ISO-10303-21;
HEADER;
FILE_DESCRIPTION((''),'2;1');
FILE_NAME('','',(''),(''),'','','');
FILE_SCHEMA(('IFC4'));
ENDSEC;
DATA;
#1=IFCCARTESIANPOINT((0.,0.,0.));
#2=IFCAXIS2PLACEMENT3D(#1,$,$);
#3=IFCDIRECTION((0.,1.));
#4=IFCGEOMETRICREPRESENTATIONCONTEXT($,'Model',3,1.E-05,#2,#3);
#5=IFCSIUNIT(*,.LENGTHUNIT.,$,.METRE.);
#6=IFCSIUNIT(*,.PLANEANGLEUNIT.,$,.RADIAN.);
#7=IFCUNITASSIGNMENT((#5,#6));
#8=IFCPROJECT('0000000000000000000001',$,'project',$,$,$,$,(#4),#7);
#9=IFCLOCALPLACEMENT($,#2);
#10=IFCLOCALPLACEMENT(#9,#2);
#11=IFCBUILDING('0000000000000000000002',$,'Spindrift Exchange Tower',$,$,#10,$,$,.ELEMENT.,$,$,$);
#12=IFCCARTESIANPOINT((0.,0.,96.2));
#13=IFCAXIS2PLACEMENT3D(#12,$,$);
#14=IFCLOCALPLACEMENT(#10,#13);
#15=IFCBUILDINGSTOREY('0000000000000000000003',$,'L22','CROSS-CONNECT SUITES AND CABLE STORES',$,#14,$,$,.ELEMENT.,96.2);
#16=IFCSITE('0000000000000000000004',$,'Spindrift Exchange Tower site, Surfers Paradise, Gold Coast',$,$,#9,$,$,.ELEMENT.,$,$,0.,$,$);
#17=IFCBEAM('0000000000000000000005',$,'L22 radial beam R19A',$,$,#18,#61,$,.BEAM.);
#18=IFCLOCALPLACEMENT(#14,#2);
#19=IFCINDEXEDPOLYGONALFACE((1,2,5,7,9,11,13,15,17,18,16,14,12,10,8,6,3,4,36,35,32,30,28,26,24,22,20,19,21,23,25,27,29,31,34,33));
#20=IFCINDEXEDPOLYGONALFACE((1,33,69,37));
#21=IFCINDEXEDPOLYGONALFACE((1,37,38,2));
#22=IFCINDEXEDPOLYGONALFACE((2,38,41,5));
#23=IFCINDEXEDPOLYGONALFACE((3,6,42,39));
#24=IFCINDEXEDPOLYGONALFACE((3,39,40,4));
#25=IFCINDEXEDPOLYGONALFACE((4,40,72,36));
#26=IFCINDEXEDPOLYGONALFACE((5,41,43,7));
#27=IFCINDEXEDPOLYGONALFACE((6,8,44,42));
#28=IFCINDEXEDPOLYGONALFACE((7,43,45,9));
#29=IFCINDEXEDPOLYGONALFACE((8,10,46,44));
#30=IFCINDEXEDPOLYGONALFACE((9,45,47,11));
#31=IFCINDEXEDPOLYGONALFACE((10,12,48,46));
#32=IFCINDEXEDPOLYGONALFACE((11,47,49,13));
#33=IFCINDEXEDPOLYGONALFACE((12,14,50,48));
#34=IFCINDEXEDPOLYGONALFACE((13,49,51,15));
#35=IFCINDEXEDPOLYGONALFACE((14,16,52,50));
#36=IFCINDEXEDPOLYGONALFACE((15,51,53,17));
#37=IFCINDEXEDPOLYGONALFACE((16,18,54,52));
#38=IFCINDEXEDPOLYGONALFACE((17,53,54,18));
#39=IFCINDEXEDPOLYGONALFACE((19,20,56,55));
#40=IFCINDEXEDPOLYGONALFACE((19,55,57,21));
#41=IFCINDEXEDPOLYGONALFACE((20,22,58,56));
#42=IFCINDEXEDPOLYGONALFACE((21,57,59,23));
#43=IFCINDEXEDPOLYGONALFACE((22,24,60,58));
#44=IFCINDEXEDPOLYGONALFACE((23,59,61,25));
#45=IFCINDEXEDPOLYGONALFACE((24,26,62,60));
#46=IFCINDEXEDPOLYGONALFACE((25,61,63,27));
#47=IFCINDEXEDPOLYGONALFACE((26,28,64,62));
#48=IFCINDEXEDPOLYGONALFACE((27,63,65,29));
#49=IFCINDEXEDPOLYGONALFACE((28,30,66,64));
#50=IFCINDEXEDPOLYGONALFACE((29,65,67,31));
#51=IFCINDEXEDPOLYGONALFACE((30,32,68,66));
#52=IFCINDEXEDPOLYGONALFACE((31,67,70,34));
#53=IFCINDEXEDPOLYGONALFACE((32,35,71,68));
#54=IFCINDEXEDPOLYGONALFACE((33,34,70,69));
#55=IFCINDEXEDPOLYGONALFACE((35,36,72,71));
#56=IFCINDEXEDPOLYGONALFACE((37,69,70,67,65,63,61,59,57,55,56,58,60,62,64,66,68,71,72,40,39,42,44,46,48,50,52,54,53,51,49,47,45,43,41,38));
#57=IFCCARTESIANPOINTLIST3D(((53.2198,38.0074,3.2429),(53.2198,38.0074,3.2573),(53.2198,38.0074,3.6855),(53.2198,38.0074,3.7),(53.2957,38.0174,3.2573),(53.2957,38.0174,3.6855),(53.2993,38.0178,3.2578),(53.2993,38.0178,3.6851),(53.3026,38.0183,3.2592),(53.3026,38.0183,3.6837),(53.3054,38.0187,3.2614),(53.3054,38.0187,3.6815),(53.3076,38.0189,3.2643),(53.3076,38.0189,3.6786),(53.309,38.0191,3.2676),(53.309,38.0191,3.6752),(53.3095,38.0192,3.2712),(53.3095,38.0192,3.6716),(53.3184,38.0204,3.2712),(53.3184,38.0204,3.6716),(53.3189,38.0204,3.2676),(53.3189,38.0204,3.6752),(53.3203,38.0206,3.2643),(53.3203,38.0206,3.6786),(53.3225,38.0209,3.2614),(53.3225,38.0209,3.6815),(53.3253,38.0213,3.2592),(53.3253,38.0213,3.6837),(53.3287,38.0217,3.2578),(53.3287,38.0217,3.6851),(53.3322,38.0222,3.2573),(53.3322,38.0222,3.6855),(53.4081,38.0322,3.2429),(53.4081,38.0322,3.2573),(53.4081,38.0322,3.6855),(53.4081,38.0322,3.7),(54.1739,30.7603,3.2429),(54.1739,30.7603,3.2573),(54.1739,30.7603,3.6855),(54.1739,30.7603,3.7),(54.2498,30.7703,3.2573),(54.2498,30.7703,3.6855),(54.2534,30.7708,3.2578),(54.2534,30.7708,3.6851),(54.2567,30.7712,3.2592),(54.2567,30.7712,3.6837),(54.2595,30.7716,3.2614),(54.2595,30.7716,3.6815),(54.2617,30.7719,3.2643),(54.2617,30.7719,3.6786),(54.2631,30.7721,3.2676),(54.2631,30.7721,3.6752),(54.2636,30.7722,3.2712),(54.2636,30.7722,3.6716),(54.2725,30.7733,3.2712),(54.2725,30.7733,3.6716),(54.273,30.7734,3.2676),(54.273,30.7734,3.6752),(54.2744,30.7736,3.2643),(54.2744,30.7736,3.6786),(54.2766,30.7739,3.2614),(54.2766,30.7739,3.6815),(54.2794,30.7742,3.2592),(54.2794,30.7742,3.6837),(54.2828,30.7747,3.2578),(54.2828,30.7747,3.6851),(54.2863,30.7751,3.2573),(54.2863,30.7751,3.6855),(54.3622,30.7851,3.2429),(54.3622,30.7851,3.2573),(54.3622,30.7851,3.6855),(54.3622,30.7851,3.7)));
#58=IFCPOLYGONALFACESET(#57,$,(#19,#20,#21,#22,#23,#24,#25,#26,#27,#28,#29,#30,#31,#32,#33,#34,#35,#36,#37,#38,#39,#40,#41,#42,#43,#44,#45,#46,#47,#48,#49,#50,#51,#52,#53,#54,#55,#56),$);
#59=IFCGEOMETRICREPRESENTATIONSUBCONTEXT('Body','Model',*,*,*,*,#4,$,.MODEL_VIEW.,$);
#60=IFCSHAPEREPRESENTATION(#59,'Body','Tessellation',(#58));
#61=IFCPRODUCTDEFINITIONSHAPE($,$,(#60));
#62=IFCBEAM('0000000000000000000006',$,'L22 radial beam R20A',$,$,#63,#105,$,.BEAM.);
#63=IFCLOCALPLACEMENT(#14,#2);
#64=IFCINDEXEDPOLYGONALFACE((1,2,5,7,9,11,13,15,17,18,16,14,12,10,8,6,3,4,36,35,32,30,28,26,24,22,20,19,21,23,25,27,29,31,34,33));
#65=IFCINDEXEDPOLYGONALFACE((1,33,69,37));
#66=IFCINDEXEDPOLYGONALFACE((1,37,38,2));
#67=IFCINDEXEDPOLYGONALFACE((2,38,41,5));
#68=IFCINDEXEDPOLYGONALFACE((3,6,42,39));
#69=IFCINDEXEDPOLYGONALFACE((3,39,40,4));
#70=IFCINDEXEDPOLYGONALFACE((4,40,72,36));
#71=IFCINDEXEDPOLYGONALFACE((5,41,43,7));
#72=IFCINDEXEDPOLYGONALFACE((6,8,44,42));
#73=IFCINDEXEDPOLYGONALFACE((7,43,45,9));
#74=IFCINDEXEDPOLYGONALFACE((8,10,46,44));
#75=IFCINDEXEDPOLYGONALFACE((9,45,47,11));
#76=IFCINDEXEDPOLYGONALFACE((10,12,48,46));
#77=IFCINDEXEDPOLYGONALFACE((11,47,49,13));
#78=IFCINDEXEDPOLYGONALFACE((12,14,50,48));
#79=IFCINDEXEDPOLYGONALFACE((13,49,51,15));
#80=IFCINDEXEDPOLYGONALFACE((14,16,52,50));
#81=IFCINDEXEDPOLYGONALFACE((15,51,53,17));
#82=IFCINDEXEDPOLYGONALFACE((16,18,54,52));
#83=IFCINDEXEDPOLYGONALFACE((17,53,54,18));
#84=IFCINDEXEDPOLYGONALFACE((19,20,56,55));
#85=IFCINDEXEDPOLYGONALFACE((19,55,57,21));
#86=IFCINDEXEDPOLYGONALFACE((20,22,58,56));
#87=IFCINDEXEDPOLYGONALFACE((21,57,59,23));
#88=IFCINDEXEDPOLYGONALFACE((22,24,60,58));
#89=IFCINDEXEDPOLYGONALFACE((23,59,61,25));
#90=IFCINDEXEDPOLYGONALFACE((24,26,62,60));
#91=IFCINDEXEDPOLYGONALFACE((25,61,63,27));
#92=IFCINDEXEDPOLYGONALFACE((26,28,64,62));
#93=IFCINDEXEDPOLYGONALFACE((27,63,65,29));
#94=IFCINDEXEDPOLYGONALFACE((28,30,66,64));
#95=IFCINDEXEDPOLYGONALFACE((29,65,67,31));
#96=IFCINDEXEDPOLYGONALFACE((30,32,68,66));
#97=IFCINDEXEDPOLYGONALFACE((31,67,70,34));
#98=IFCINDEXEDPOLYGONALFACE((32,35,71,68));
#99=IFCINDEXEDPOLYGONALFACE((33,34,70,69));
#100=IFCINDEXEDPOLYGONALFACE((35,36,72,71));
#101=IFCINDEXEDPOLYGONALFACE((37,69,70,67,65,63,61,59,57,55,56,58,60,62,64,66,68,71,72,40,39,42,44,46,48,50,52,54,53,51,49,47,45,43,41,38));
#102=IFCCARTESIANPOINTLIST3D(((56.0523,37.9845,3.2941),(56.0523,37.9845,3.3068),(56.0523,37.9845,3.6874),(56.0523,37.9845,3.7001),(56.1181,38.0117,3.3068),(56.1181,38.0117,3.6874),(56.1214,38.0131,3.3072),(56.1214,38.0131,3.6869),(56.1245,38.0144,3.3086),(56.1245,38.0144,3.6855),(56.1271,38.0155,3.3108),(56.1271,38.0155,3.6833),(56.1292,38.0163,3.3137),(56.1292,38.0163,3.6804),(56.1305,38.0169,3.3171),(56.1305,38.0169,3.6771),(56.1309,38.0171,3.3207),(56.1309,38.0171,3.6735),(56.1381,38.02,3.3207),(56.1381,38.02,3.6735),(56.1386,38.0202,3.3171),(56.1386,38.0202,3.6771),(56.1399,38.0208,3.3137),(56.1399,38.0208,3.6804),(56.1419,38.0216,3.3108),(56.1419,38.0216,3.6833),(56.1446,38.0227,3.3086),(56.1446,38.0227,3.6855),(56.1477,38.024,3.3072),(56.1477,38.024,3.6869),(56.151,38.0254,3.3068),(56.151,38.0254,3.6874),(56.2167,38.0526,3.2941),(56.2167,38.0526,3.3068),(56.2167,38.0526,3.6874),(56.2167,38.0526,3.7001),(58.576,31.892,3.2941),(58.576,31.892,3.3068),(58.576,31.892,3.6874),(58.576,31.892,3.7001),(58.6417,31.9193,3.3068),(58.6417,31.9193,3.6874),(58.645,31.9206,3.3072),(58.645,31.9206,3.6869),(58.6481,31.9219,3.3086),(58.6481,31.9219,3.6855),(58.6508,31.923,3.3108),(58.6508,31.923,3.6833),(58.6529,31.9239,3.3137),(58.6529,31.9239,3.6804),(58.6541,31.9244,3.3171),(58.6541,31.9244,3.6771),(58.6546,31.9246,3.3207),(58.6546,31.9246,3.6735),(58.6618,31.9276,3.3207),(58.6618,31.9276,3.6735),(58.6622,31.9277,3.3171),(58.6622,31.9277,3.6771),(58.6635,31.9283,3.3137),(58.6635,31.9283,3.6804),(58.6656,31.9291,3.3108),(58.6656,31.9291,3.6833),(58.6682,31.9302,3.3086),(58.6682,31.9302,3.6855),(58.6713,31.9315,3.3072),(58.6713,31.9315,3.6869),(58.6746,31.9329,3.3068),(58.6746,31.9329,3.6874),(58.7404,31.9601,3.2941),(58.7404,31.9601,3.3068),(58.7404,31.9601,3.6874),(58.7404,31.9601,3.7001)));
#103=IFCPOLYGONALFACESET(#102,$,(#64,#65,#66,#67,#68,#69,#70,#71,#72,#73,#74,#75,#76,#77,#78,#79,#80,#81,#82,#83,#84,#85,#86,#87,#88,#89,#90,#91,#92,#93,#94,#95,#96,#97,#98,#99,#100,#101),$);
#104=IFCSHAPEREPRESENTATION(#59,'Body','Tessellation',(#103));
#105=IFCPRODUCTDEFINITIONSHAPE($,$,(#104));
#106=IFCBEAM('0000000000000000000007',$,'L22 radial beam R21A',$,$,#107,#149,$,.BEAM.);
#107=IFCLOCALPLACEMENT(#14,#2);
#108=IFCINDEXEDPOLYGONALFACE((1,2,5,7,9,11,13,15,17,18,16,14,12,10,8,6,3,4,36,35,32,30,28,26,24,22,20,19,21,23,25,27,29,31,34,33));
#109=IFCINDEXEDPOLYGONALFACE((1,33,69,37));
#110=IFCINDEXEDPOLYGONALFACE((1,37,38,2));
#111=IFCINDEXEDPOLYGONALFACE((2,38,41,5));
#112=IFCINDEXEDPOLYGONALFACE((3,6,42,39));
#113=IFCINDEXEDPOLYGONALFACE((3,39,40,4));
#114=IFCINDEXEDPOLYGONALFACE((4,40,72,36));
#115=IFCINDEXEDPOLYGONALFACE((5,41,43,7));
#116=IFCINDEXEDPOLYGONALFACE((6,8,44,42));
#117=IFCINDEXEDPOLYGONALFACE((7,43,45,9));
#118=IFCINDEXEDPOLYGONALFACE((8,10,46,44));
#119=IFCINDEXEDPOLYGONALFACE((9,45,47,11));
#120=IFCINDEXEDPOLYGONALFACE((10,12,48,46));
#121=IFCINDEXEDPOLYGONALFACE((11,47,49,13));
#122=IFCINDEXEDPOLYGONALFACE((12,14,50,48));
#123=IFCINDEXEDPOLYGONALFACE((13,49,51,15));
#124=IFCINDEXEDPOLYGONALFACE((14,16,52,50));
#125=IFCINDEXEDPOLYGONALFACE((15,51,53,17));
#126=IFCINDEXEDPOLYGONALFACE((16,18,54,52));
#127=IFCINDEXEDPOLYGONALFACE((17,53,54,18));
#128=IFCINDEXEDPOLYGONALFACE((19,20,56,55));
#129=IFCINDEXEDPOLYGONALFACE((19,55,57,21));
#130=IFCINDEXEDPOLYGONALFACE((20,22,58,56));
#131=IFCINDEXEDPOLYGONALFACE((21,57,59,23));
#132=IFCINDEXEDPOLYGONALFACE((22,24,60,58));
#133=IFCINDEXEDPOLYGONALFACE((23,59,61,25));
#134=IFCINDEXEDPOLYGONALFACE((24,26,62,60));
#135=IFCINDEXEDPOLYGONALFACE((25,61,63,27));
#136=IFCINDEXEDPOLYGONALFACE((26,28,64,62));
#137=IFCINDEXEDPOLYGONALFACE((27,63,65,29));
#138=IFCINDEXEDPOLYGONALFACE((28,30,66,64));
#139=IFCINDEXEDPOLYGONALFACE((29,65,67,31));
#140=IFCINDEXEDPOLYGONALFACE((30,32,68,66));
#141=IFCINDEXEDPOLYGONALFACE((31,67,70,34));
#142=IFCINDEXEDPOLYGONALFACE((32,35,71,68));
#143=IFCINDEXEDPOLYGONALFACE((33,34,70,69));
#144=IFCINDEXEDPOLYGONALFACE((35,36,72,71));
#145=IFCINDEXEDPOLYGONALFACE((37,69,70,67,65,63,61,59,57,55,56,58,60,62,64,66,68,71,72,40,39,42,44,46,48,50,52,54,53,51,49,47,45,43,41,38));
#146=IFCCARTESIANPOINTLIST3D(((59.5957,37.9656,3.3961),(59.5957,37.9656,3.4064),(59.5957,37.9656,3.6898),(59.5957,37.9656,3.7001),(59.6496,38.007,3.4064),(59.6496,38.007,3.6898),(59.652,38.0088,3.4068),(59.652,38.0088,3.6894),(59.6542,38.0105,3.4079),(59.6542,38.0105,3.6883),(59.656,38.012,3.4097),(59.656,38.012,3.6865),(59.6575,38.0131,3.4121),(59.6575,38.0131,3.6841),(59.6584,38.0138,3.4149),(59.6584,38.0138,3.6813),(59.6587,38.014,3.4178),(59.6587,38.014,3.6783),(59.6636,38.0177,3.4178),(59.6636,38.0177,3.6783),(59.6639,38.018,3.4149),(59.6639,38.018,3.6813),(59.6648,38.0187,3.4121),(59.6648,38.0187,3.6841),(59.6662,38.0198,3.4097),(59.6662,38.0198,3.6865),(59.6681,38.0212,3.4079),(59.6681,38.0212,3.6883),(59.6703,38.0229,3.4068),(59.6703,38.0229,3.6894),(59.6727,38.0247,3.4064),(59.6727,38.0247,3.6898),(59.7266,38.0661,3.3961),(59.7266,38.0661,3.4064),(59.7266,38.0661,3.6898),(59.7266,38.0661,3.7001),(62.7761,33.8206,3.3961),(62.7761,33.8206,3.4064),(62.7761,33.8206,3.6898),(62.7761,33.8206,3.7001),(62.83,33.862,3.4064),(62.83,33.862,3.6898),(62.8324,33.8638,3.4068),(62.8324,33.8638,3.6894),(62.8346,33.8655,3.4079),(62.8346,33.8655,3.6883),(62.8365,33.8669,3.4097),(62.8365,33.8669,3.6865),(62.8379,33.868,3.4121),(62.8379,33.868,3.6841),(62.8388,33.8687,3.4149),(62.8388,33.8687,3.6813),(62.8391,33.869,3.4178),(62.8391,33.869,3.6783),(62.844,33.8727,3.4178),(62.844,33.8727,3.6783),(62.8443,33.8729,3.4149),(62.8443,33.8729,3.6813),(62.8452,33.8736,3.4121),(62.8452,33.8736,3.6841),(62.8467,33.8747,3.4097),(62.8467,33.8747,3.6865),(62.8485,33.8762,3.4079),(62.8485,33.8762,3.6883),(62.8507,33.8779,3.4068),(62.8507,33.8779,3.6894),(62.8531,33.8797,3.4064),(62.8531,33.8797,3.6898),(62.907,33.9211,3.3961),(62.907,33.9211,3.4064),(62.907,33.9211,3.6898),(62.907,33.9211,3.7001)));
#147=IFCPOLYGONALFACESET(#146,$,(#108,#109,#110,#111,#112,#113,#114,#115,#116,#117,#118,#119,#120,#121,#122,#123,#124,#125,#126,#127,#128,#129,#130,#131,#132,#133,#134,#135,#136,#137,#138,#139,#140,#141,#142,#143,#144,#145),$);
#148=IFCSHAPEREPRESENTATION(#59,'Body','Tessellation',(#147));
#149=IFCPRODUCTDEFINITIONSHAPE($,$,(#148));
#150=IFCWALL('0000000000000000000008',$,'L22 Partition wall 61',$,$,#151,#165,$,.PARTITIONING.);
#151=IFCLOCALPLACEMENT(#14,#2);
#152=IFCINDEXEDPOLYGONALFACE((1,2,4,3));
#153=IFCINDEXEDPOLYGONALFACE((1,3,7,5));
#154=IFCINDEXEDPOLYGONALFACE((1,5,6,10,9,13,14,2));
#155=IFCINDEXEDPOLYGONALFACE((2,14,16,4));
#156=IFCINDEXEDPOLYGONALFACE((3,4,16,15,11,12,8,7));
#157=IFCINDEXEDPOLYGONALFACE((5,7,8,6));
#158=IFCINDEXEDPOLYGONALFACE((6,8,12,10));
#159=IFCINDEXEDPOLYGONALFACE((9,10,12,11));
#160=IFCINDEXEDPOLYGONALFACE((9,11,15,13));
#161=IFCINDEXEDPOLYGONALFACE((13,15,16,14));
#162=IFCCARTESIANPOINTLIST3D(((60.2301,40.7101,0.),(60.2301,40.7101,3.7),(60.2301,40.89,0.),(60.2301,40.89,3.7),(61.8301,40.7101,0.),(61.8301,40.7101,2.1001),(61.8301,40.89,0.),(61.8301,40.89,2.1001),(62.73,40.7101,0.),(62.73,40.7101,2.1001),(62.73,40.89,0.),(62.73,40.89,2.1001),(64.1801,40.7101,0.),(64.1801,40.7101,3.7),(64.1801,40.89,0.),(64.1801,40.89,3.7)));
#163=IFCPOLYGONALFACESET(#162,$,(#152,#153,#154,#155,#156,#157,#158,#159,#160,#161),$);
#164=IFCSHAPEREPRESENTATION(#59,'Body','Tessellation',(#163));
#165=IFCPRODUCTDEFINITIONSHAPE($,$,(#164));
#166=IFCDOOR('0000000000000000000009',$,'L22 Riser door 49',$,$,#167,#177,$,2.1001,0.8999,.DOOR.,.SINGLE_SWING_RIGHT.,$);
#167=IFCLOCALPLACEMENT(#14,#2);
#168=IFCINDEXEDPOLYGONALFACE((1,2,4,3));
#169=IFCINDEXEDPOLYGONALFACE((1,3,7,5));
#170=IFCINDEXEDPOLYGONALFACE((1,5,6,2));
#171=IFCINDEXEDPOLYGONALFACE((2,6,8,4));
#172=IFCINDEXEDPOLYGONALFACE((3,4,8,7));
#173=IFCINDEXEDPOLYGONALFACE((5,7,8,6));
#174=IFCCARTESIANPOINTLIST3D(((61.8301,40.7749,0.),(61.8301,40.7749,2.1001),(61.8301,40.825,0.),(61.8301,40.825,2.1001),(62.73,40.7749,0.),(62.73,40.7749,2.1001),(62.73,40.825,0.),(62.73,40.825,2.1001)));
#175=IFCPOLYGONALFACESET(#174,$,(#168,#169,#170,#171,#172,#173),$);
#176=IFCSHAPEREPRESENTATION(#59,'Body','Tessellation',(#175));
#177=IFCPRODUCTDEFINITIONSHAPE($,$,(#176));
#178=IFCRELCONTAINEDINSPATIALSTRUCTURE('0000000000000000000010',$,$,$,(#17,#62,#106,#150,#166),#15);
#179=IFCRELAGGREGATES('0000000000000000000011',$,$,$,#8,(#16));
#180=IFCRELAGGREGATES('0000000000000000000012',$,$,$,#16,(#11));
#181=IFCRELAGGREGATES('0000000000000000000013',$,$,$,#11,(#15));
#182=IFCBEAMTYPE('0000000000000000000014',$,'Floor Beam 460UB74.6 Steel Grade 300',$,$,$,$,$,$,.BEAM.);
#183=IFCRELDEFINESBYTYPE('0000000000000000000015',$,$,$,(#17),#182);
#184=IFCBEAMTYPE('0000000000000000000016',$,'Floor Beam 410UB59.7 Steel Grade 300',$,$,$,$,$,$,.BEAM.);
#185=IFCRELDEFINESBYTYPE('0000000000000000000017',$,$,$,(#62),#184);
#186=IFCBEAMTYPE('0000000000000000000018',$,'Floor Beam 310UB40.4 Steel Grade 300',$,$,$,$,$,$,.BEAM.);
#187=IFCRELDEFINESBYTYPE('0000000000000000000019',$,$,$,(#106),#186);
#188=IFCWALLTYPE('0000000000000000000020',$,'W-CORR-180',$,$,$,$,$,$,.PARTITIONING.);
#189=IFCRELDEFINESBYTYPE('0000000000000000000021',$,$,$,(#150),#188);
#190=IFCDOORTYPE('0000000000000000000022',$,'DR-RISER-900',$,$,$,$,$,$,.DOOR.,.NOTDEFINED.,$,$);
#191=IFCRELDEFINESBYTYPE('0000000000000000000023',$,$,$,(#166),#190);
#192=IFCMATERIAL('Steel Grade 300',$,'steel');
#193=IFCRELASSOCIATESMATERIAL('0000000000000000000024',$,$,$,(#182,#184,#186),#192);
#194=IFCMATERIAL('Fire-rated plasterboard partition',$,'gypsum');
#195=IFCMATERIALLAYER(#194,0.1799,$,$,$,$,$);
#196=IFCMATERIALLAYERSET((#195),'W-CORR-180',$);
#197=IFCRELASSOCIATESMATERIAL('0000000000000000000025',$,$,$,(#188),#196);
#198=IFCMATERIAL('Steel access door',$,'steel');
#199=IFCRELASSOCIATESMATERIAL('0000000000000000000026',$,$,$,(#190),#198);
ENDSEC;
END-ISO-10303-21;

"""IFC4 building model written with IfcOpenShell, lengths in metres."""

from ifc_helpers import new_model, si_unit, direction, frame, frame_2d, origin, origin_2d, place, context, subcontext, project, spatial, rectangle, i_section, extrude, source, transform, mapped, material, layer, layer_set, material_profile, profile_set, type_object, element, fill, save


model = new_model("IFC4")

# Units and contexts
model_context = context("Model", 3, precision=1e-05, world=origin(), true_north=direction((0.0, 1.0)))
body_context = subcontext(model_context, "Body", "Model", "MODEL_VIEW")
ifc_project = project(units=[si_unit("LENGTHUNIT", "METRE"), si_unit("PLANEANGLEUNIT", "RADIAN")], contexts=[model_context])

# Site, building, storey
site_placement = place(None, origin())
site = spatial("IfcSite", under=ifc_project, at=site_placement, Name="Spindrift Exchange Tower site, Surfers Paradise, Gold Coast", CompositionType="ELEMENT", RefElevation=0.0)
building_placement = place(site_placement, origin())
building = spatial("IfcBuilding", under=site, at=building_placement, Name="Spindrift Exchange Tower", CompositionType="ELEMENT")
storey_placement = place(building_placement, frame((0.0, 0.0, 96.2)))
storey = spatial("IfcBuildingStorey", under=building, at=storey_placement, Name="L22", Description="CROSS-CONNECT SUITES AND CABLE STORES", CompositionType="ELEMENT", Elevation=96.2)

# Beams
ifc_material_1 = material(Name="Steel Grade 300", Category="steel")
ifc_material_profile_1 = material_profile(ifc_material_1, i_section(OverallWidth=0.1899, OverallDepth=0.457, WebThickness=0.009, FlangeThickness=0.0144, FilletRadius=0.0139, at=origin_2d()), Name="460UB74.6")
ifc_profile_set_1 = profile_set([ifc_material_profile_1], Name="Steel Grade 300")
beam_type_1 = type_object("IfcBeamType", Name="Floor Beam 460UB74.6 Steel Grade 300", PredefinedType="BEAM", material=ifc_profile_set_1)
shared_shape_1 = source(origin(), body_context, "Body", "SweptSolid", [
    extrude(i_section(OverallWidth=0.1899, OverallDepth=0.457, WebThickness=0.009, FlangeThickness=0.0144, FilletRadius=0.0139, at=origin_2d()), origin(), (0.0, 0.0, 1.0), 7.3096),
])
beam_1_placement = place(storey_placement, frame((53.314, 38.0198, 3.4714), z_axis=(0.130527, -0.991445, 0.0), x_axis=(0.991445, 0.130527, 0.0)))
element("IfcBeam", 1, at=beam_1_placement, inside=storey, type_object=beam_type_1, Name="L22 radial beam R19A", PredefinedType="BEAM", context=body_context, shape_type="MappedRepresentation", body=[
    mapped(shared_shape_1, transform((0.0, 0.0, 0.0), scale=1.0)),
])
ifc_material_profile_2 = material_profile(ifc_material_1, i_section(OverallWidth=0.178, OverallDepth=0.406, WebThickness=0.0078, FlangeThickness=0.0127, FilletRadius=0.0139, at=origin_2d()), Name="410UB59.7")
ifc_profile_set_2 = profile_set([ifc_material_profile_2], Name="Steel Grade 300")
beam_type_2 = type_object("IfcBeamType", Name="Floor Beam 410UB59.7 Steel Grade 300", PredefinedType="BEAM", material=ifc_profile_set_2)
shared_shape_2 = source(origin(), body_context, "Body", "SweptSolid", [
    extrude(i_section(OverallWidth=0.178, OverallDepth=0.406, WebThickness=0.0078, FlangeThickness=0.0127, FilletRadius=0.0139, at=origin_2d()), origin(), (0.0, 0.0, 1.0), 6.5945),
])
beam_2_placement = place(storey_placement, frame((56.1345, 38.0186, 3.4971), z_axis=(0.382693, -0.923876, 0.0), x_axis=(0.923876, 0.382693, 0.0)))
element("IfcBeam", 2, at=beam_2_placement, inside=storey, type_object=beam_type_2, Name="L22 radial beam R20A", PredefinedType="BEAM", context=body_context, shape_type="MappedRepresentation", body=[
    mapped(shared_shape_2, transform((0.0, 0.0, 0.0), scale=1.0)),
])
ifc_material_profile_3 = material_profile(ifc_material_1, i_section(OverallWidth=0.165, OverallDepth=0.304, WebThickness=0.0061, FlangeThickness=0.0103, FilletRadius=0.0115, at=origin_2d()), Name="310UB40.4")
ifc_profile_set_3 = profile_set([ifc_material_profile_3], Name="Steel Grade 300")
beam_type_3 = type_object("IfcBeamType", Name="Floor Beam 310UB40.4 Steel Grade 300", PredefinedType="BEAM", material=ifc_profile_set_3)
shared_shape_3 = source(origin(), body_context, "Body", "SweptSolid", [
    extrude(i_section(OverallWidth=0.165, OverallDepth=0.304, WebThickness=0.0061, FlangeThickness=0.0103, FilletRadius=0.0115, at=origin_2d()), origin(), (0.0, 0.0, 1.0), 5.2246),
])
beam_3_placement = place(storey_placement, frame((59.6611, 38.0159, 3.5481), z_axis=(0.608741, -0.793369, 0.0), x_axis=(0.793369, 0.608741, 0.0)))
element("IfcBeam", 3, at=beam_3_placement, inside=storey, type_object=beam_type_3, Name="L22 radial beam R21A", PredefinedType="BEAM", context=body_context, shape_type="MappedRepresentation", body=[
    mapped(shared_shape_3, transform((0.0, 0.0, 0.0), scale=1.0)),
])

# Wall, opening, door
ifc_material_2 = material(Name="Fire-rated plasterboard partition", Category="gypsum")
ifc_layer_1 = layer(ifc_material_2, 0.1799)
ifc_layer_set_1 = layer_set([ifc_layer_1], Name="W-CORR-180")
wall_type_1 = type_object("IfcWallType", Name="W-CORR-180", PredefinedType="PARTITIONING", material=ifc_layer_set_1)
wall_1_placement = place(storey_placement, frame((60.23, 40.8, 0.0), z_axis=(0.0, 0.0, 1.0), x_axis=(1.0, 0.0, 0.0)))
wall_1 = element("IfcWall", 4, at=wall_1_placement, inside=storey, type_object=wall_type_1, Name="L22 Partition wall 61", PredefinedType="PARTITIONING", context=body_context, shape_type="SweptSolid", body=[
    extrude(rectangle(XDim=3.95, YDim=0.1799, at=frame_2d((1.9751, 0.0))), origin(), (0.0, 0.0, 1.0), 3.7),
])
opening_1_placement = place(wall_1_placement, frame((1.6001, 0.0, 0.0)))
opening_1 = element("IfcOpeningElement", 5, at=opening_1_placement, cuts=wall_1, PredefinedType="OPENING", context=body_context, shape_type="SweptSolid", body=[
    extrude(rectangle(XDim=0.8999, YDim=2.1001, at=frame_2d((0.45, 1.05))), frame((0.0, 0.0999, 0.0), z_axis=(0.0, -1.0, 0.0), x_axis=(1.0, 0.0, 0.0)), (0.0, 0.0, 1.0), 0.2),
])
ifc_material_3 = material(Name="Steel access door", Category="steel")
door_type_1 = type_object("IfcDoorType", Name="DR-RISER-900", OperationType="NOTDEFINED", PredefinedType="DOOR", material=ifc_material_3)
shared_shape_4 = source(origin(), body_context, "Body", "SweptSolid", [
    extrude(rectangle(XDim=0.8999, YDim=2.1001, at=frame_2d((0.45, 1.05))), frame((0.0, 0.0249, 0.0), z_axis=(0.0, -1.0, 0.0), x_axis=(1.0, 0.0, 0.0)), (0.0, 0.0, 1.0), 0.05),
])
door_1_placement = place(opening_1_placement, origin())
door_1 = element("IfcDoor", 6, at=door_1_placement, inside=storey, type_object=door_type_1, Name="L22 Riser door 49", OperationType="SINGLE_SWING_RIGHT", OverallHeight=2.1001, OverallWidth=0.8999, PredefinedType="DOOR", context=body_context, shape_type="MappedRepresentation", body=[
    mapped(shared_shape_4, transform((0.0, 0.0, 0.0), scale=1.0)),
])
fill(opening_1, door_1)

save(model, "model.ifc")
